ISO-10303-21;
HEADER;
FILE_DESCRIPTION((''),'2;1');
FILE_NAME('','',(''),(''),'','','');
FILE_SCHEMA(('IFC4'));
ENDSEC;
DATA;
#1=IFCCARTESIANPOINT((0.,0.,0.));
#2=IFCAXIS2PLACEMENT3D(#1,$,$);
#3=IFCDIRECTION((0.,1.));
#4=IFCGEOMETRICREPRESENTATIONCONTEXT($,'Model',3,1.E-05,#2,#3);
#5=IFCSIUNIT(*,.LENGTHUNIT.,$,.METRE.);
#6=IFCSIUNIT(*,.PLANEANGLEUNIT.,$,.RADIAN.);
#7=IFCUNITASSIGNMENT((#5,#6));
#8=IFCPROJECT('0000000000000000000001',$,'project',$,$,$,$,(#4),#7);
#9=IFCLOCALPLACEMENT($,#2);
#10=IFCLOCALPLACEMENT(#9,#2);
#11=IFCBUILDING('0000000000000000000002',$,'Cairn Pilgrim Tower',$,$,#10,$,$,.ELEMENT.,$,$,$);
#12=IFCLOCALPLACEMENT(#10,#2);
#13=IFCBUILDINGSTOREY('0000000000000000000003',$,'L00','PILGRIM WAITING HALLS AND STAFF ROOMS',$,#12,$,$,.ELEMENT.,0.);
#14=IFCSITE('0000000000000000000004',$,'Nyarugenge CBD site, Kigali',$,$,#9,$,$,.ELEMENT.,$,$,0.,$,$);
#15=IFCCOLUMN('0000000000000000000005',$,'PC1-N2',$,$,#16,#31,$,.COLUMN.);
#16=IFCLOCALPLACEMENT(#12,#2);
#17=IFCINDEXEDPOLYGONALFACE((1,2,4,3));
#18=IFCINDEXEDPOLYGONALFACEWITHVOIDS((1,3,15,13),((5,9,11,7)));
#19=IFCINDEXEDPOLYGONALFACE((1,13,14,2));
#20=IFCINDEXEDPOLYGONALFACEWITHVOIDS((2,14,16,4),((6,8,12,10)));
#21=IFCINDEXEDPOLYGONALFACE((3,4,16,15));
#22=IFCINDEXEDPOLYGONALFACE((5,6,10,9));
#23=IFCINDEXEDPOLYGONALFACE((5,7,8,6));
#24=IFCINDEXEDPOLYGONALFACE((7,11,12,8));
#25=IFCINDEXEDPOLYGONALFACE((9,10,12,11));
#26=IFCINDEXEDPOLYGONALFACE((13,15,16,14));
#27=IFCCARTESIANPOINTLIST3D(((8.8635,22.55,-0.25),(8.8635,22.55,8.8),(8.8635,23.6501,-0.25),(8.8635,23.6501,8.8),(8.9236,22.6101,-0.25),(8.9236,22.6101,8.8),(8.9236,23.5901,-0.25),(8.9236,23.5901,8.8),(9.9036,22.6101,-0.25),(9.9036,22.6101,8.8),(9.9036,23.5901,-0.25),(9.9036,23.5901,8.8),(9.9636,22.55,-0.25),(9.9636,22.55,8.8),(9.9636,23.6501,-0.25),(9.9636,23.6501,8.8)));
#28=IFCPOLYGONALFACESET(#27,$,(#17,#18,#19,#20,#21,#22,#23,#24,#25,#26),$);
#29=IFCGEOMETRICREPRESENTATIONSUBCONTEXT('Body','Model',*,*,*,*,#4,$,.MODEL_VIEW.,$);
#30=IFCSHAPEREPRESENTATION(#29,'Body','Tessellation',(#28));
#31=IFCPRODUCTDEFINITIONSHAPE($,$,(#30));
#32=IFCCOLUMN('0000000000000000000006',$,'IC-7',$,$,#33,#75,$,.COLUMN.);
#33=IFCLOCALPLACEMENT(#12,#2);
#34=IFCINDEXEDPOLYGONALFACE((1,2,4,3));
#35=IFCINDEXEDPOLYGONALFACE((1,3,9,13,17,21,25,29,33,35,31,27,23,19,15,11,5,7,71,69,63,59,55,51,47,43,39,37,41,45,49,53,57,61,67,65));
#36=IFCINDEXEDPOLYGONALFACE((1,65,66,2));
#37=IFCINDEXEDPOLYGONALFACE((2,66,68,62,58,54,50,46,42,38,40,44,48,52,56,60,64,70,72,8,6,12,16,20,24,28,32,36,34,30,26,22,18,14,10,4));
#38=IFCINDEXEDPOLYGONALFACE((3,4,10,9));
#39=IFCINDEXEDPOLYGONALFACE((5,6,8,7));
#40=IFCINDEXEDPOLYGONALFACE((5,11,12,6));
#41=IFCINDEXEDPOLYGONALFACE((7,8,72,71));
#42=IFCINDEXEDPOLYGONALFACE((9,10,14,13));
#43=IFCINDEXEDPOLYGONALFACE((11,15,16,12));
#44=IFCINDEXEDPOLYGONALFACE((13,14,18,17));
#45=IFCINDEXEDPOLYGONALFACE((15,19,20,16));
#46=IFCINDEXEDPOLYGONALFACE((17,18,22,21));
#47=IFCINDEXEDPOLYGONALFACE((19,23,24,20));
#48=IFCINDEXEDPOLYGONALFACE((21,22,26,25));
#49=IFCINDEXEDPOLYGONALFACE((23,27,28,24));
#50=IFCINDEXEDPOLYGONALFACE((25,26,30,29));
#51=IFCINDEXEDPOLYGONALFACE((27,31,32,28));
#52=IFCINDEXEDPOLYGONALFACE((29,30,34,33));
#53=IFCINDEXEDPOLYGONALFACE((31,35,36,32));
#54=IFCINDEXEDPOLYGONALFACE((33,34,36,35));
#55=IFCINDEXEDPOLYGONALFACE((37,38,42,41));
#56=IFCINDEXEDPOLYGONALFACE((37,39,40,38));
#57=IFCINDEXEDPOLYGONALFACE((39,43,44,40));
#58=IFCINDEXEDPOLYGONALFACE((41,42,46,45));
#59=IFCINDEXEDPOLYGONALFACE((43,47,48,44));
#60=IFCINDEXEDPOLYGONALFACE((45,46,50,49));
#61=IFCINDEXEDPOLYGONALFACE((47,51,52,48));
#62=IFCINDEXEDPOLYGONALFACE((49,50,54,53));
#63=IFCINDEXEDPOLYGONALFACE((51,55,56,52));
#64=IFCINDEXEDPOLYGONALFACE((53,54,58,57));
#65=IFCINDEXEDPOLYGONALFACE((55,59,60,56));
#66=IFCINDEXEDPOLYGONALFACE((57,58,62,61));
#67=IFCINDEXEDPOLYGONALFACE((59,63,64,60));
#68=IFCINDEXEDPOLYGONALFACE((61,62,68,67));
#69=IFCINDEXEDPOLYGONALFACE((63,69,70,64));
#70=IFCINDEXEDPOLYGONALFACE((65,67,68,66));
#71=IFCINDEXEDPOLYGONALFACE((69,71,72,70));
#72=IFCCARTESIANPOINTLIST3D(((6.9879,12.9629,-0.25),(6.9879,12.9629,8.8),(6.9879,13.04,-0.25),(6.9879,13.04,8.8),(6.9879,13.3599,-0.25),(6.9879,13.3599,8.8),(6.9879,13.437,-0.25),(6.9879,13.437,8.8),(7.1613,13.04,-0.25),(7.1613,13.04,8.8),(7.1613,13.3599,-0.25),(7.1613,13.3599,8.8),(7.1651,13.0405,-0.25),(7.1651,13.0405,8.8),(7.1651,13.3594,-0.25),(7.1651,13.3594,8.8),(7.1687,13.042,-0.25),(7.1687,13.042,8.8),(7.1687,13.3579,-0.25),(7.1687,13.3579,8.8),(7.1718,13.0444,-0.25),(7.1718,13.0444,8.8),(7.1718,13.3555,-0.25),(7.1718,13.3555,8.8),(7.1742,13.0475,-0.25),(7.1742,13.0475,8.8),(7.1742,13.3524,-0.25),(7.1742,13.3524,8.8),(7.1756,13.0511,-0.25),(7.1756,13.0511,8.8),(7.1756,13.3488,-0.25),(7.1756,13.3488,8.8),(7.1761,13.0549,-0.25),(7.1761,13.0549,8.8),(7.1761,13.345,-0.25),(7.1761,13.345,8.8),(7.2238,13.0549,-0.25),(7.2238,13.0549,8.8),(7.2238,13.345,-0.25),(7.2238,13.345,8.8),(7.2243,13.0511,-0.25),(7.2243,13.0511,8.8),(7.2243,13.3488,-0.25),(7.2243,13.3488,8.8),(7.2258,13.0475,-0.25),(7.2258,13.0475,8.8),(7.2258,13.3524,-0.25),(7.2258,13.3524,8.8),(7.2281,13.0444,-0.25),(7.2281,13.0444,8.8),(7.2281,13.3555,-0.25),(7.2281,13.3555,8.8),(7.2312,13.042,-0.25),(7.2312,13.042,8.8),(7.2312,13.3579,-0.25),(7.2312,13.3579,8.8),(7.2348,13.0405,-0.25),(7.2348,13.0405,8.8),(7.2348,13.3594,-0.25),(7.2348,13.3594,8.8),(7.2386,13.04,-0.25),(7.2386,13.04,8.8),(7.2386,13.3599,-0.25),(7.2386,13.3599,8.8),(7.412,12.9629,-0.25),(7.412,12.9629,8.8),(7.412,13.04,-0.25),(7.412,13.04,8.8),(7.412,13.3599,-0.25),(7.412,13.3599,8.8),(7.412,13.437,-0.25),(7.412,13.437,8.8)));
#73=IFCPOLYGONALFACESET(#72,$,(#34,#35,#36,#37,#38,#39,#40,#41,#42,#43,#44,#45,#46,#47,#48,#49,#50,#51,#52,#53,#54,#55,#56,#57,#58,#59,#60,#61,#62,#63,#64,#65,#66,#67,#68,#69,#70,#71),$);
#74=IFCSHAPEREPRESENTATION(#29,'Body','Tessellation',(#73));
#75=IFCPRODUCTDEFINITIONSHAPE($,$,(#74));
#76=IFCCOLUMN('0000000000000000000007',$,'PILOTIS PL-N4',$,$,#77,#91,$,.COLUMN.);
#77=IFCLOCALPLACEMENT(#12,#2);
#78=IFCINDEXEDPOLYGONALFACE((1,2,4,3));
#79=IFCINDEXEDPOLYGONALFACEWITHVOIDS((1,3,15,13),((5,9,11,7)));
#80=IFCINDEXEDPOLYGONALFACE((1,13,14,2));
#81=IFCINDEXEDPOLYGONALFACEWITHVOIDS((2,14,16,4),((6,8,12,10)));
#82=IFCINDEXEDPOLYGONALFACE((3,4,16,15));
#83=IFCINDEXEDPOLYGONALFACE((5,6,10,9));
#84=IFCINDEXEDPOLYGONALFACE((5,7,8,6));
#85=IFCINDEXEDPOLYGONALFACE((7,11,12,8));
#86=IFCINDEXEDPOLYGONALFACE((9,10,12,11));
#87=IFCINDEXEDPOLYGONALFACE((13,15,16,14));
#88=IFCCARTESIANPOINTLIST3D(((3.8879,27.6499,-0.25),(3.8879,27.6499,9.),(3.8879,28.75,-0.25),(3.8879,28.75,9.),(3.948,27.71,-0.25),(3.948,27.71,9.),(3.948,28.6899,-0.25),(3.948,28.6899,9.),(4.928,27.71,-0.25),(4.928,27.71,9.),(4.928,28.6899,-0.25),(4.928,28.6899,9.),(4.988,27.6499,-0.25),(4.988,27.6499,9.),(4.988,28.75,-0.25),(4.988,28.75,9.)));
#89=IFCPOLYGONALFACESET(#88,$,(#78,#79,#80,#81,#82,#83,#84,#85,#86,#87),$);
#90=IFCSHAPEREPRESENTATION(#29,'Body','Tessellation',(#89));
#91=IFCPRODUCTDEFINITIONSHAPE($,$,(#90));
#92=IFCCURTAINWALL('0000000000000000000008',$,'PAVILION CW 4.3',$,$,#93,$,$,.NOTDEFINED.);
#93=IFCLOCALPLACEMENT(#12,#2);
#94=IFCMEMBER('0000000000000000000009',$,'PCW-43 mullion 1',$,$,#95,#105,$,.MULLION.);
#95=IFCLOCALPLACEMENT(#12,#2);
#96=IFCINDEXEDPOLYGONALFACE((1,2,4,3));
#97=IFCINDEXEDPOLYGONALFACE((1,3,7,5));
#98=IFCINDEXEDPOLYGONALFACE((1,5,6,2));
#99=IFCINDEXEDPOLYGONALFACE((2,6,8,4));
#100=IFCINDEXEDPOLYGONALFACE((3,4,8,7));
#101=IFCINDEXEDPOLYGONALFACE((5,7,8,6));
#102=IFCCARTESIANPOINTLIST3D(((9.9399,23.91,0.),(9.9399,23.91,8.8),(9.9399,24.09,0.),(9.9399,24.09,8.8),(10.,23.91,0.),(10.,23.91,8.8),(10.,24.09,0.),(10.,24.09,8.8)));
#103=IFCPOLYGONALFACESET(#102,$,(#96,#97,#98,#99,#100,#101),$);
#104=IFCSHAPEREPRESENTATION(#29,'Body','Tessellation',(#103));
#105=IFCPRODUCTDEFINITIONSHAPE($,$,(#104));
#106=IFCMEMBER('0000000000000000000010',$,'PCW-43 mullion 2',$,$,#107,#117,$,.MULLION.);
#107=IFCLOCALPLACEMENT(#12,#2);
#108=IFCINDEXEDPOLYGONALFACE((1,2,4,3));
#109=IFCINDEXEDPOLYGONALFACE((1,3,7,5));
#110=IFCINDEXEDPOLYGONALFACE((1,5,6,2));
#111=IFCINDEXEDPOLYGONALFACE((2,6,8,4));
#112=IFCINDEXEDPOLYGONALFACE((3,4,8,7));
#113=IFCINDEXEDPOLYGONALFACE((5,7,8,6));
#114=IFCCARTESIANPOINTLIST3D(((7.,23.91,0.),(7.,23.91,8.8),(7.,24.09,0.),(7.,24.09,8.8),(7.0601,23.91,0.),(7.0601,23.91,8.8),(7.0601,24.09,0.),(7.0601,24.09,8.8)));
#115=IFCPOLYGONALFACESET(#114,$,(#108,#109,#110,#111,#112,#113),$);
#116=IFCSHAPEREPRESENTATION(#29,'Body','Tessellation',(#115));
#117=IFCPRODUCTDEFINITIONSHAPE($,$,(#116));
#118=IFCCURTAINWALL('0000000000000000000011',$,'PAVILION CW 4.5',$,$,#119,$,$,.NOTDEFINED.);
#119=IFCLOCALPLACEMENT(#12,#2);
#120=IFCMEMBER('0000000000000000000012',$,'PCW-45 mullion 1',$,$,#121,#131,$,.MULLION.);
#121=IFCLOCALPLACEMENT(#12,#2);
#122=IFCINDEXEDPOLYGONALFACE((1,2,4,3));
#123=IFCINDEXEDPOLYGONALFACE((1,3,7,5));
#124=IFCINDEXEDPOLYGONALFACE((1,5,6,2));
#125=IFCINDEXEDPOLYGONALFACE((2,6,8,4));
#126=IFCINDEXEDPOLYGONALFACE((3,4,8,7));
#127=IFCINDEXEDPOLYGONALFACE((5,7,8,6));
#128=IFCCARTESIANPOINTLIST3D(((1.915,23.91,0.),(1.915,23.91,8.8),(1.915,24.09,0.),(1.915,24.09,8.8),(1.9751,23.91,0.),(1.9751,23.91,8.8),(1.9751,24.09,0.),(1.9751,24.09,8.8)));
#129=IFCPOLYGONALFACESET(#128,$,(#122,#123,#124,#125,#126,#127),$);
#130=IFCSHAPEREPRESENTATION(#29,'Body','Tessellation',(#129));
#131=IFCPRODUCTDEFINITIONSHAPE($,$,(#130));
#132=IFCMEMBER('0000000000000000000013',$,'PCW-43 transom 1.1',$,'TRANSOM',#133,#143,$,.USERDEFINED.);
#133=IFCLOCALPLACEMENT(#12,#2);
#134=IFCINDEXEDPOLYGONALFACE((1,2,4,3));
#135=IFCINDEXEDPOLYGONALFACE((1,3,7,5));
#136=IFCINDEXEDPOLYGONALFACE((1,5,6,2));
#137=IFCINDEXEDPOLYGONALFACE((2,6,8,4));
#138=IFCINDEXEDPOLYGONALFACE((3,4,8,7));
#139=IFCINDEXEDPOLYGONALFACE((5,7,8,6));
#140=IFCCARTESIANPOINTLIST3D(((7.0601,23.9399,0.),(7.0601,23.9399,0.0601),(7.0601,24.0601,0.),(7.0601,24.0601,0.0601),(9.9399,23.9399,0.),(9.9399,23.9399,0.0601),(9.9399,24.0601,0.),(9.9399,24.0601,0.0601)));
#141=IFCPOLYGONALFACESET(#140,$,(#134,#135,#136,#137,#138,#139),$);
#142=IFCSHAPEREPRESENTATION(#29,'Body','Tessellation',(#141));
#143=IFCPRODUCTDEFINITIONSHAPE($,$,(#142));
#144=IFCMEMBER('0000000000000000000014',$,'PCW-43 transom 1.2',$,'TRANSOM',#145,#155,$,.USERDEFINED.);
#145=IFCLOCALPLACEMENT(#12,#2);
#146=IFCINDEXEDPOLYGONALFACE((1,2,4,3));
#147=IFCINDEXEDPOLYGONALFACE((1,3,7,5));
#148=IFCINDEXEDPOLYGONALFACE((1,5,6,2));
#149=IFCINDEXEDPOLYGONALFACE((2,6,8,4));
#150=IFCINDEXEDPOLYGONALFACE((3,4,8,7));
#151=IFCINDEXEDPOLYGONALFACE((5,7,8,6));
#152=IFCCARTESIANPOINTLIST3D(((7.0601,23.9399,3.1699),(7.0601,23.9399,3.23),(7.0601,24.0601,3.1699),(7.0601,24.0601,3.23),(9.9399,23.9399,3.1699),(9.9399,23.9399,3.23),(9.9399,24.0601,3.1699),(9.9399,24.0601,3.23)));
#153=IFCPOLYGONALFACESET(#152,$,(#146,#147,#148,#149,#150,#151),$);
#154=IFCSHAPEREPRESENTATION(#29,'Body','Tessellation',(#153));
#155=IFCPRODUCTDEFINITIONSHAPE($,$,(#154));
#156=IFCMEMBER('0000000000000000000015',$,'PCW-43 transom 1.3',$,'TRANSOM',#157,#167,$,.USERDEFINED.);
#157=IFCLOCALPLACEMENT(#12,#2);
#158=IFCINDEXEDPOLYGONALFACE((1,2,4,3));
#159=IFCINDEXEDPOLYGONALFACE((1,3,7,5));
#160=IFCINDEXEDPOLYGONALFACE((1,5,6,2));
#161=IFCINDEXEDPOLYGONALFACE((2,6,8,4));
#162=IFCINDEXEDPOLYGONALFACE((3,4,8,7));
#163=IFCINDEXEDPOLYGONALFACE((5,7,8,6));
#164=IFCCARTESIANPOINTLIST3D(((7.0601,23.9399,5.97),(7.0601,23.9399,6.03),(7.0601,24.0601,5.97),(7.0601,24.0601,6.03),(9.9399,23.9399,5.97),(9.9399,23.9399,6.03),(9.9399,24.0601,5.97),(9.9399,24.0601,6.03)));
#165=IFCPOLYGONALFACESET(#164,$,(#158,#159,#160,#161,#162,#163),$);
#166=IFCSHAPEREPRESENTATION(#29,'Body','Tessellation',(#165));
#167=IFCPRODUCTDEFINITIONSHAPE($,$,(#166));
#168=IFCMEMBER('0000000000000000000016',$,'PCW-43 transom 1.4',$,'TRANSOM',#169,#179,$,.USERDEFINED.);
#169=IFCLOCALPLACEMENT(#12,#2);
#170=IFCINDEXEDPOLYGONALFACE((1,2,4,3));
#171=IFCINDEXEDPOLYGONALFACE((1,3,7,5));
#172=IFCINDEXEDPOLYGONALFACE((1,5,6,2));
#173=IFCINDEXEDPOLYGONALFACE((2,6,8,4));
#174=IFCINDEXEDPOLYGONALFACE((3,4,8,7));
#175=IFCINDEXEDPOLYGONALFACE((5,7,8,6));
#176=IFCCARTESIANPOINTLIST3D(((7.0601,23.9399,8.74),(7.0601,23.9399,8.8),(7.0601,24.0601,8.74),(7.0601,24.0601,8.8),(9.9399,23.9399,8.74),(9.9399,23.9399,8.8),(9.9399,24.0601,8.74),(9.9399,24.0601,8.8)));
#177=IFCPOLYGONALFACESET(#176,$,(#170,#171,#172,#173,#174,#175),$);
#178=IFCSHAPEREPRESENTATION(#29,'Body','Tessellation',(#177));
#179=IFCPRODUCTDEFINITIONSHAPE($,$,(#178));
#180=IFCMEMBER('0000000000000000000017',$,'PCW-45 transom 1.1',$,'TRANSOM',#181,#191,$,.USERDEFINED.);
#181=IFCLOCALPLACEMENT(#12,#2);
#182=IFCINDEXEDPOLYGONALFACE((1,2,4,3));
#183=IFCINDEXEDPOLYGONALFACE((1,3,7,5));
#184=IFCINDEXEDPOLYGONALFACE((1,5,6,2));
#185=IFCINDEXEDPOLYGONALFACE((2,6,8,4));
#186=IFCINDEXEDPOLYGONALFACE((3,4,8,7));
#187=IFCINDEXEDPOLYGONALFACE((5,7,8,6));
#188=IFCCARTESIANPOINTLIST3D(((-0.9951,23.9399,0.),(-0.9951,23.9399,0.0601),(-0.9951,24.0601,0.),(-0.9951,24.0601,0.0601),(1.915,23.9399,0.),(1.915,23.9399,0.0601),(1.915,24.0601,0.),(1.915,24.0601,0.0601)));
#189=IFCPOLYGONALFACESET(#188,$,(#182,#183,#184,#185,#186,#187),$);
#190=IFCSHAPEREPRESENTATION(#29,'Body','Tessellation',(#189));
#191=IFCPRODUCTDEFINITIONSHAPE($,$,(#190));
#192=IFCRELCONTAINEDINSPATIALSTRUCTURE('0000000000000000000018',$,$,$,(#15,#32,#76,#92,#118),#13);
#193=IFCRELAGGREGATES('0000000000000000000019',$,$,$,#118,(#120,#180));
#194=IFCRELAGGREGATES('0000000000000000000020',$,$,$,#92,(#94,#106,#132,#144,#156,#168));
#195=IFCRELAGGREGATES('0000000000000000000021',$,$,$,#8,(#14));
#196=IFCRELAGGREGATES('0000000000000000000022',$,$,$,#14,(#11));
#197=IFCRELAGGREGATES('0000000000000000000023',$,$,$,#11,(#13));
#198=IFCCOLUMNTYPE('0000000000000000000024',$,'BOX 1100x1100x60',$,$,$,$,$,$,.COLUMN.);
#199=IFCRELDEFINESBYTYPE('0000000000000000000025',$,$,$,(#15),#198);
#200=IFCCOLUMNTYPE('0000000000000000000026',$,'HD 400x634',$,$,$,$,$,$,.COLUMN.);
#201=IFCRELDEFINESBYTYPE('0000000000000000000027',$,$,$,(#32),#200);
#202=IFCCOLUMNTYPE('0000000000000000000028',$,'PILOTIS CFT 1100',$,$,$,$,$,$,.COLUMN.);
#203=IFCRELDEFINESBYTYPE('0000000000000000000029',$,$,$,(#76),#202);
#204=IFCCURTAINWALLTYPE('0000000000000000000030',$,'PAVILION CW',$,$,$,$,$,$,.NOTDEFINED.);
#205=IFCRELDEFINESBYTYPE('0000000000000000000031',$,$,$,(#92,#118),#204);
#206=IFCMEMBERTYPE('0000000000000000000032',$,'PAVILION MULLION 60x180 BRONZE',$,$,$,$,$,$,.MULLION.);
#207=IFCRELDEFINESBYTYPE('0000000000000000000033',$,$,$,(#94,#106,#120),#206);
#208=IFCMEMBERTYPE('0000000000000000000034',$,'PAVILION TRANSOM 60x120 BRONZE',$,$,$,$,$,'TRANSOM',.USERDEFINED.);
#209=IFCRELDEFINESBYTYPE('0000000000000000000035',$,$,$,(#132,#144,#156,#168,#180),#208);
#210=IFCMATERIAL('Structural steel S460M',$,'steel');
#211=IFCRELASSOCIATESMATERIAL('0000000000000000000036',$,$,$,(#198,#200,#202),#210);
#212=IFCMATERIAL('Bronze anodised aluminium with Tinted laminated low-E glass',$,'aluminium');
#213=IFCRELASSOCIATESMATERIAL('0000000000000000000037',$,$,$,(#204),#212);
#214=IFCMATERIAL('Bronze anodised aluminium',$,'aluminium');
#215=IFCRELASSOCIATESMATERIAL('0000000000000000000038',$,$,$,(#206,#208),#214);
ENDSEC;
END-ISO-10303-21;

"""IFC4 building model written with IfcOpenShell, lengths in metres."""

from ifc_helpers import new_model, si_unit, direction, frame, origin, origin_2d, place, context, subcontext, project, spatial, rectangle, hollow_rectangle, i_section, extrude, material, material_profile, profile_set, type_object, element, aggregate, save


model = new_model("IFC4")

# Units and contexts
model_context = context("Model", 3, precision=1e-05, world=origin(), true_north=direction((0.0, 1.0)))
body_context = subcontext(model_context, "Body", "Model", "MODEL_VIEW")
ifc_project = project(units=[si_unit("LENGTHUNIT", "METRE"), si_unit("PLANEANGLEUNIT", "RADIAN")], contexts=[model_context])

# Site, building, storey
site_placement = place(None, origin())
site = spatial("IfcSite", under=ifc_project, at=site_placement, Name="Nyarugenge CBD site, Kigali", CompositionType="ELEMENT", RefElevation=0.0)
building_placement = place(site_placement, origin())
building = spatial("IfcBuilding", under=site, at=building_placement, Name="Cairn Pilgrim Tower", CompositionType="ELEMENT")
storey_placement = place(building_placement, origin())
storey = spatial("IfcBuildingStorey", under=building, at=storey_placement, Name="L00", Description="PILGRIM WAITING HALLS AND STAFF ROOMS", CompositionType="ELEMENT", Elevation=0.0)

# Columns
ifc_material_1 = material(Name="Structural steel S460M", Category="steel")
ifc_material_profile_1 = material_profile(ifc_material_1, hollow_rectangle(XDim=1.1001, YDim=1.1001, WallThickness=0.0601, at=origin_2d()), Name="BOX 1100x1100x60")
ifc_profile_set_1 = profile_set([ifc_material_profile_1], Name="Structural steel S460M")
column_type_1 = type_object("IfcColumnType", Name="BOX 1100x1100x60", PredefinedType="COLUMN", material=ifc_profile_set_1)
column_1_placement = place(storey_placement, frame((9.4136, 23.1001, -0.25), z_axis=(0.0, 0.0, 1.0), x_axis=(1.0, 0.0, 0.0)))
element("IfcColumn", 1, at=column_1_placement, inside=storey, type_object=column_type_1, Name="PC1-N2", PredefinedType="COLUMN", context=body_context, shape_type="SweptSolid", body=[
    extrude(hollow_rectangle(XDim=1.1001, YDim=1.1001, WallThickness=0.0601, at=origin_2d()), origin(), (0.0, 0.0, 1.0), 9.05),
])
ifc_material_profile_2 = material_profile(ifc_material_1, i_section(OverallWidth=0.4241, OverallDepth=0.4741, WebThickness=0.0476, FlangeThickness=0.0771, FilletRadius=0.0149, at=origin_2d()), Name="HD 400x634")
ifc_profile_set_2 = profile_set([ifc_material_profile_2], Name="Structural steel S460M")
column_type_2 = type_object("IfcColumnType", Name="HD 400x634", PredefinedType="COLUMN", material=ifc_profile_set_2)
column_2_placement = place(storey_placement, frame((7.2, 13.2, -0.25), z_axis=(0.0, 0.0, 1.0), x_axis=(1.0, 0.0, 0.0)))
element("IfcColumn", 2, at=column_2_placement, inside=storey, type_object=column_type_2, Name="IC-7", PredefinedType="COLUMN", context=body_context, shape_type="SweptSolid", body=[
    extrude(i_section(OverallWidth=0.4241, OverallDepth=0.4741, WebThickness=0.0476, FlangeThickness=0.0771, FilletRadius=0.0149, at=origin_2d()), origin(), (0.0, 0.0, 1.0), 9.05),
])
ifc_material_profile_3 = material_profile(ifc_material_1, hollow_rectangle(XDim=1.1001, YDim=1.1001, WallThickness=0.0601, at=origin_2d()), Name="BOX 1100x1100x60")
ifc_profile_set_3 = profile_set([ifc_material_profile_3], Name="Structural steel S460M")
column_type_3 = type_object("IfcColumnType", Name="PILOTIS CFT 1100", PredefinedType="COLUMN", material=ifc_profile_set_3)
column_3_placement = place(storey_placement, frame((4.438, 28.2, -0.25), z_axis=(0.0, 0.0, 1.0), x_axis=(1.0, 0.0, 0.0)))
element("IfcColumn", 3, at=column_3_placement, inside=storey, type_object=column_type_3, Name="PILOTIS PL-N4", PredefinedType="COLUMN", context=body_context, shape_type="SweptSolid", body=[
    extrude(hollow_rectangle(XDim=1.1001, YDim=1.1001, WallThickness=0.0601, at=origin_2d()), origin(), (0.0, 0.0, 1.0), 9.25),
])

# Curtain wall, members
ifc_material_2 = material(Name="Bronze anodised aluminium with Tinted laminated low-E glass", Category="aluminium")
curtain_wall_type = type_object("IfcCurtainWallType", Name="PAVILION CW", PredefinedType="NOTDEFINED", material=ifc_material_2)
curtain_wall_1_placement = place(storey_placement, origin())
curtain_wall_1 = element("IfcCurtainWall", 4, at=curtain_wall_1_placement, inside=storey, type_object=curtain_wall_type, Name="PAVILION CW 4.3", PredefinedType="NOTDEFINED")
ifc_material_3 = material(Name="Bronze anodised aluminium", Category="aluminium")
ifc_material_profile_4 = material_profile(ifc_material_3, rectangle(XDim=0.1799, YDim=0.0601, at=origin_2d()), Name="PAVILION MULLION 60x180 BRONZE")
ifc_profile_set_4 = profile_set([ifc_material_profile_4], Name="Bronze anodised aluminium")
member_type_1 = type_object("IfcMemberType", Name="PAVILION MULLION 60x180 BRONZE", PredefinedType="MULLION", material=ifc_profile_set_4)
member_1_placement = place(storey_placement, frame((9.97, 24.0, 0.0), z_axis=(0.0, 0.0, 1.0), x_axis=(0.0, -1.0, 0.0)))
member_1 = element("IfcMember", 5, at=member_1_placement, type_object=member_type_1, Name="PCW-43 mullion 1", PredefinedType="MULLION", context=body_context, shape_type="SweptSolid", body=[
    extrude(rectangle(XDim=0.1799, YDim=0.0601, at=origin_2d()), origin(), (0.0, 0.0, 1.0), 8.8),
])
member_2_placement = place(storey_placement, frame((7.03, 24.0, 0.0), z_axis=(0.0, 0.0, 1.0), x_axis=(0.0, -1.0, 0.0)))
member_2 = element("IfcMember", 6, at=member_2_placement, type_object=member_type_1, Name="PCW-43 mullion 2", PredefinedType="MULLION", context=body_context, shape_type="SweptSolid", body=[
    extrude(rectangle(XDim=0.1799, YDim=0.0601, at=origin_2d()), origin(), (0.0, 0.0, 1.0), 8.8),
])

# Curtain wall, member
curtain_wall_2_placement = place(storey_placement, origin())
curtain_wall_2 = element("IfcCurtainWall", 7, at=curtain_wall_2_placement, inside=storey, type_object=curtain_wall_type, Name="PAVILION CW 4.5", PredefinedType="NOTDEFINED")
member_3_placement = place(storey_placement, frame((1.9451, 24.0, 0.0), z_axis=(0.0, 0.0, 1.0), x_axis=(0.0, -1.0, 0.0)))
member_3 = element("IfcMember", 8, at=member_3_placement, type_object=member_type_1, Name="PCW-45 mullion 1", PredefinedType="MULLION", context=body_context, shape_type="SweptSolid", body=[
    extrude(rectangle(XDim=0.1799, YDim=0.0601, at=origin_2d()), origin(), (0.0, 0.0, 1.0), 8.8),
])

# Members
ifc_material_profile_5 = material_profile(ifc_material_3, rectangle(XDim=0.1201, YDim=0.0601, at=origin_2d()), Name="PAVILION TRANSOM 60x120 BRONZE")
ifc_profile_set_5 = profile_set([ifc_material_profile_5], Name="Bronze anodised aluminium")
member_type_2 = type_object("IfcMemberType", Name="PAVILION TRANSOM 60x120 BRONZE", ElementType="TRANSOM", PredefinedType="USERDEFINED", material=ifc_profile_set_5)
member_4_placement = place(storey_placement, frame((9.9399, 24.0, 0.03), z_axis=(-1.0, 0.0, 0.0), x_axis=(0.0, -1.0, 0.0)))
member_4 = element("IfcMember", 9, at=member_4_placement, type_object=member_type_2, Name="PCW-43 transom 1.1", ObjectType="TRANSOM", PredefinedType="USERDEFINED", context=body_context, shape_type="SweptSolid", body=[
    extrude(rectangle(XDim=0.1201, YDim=0.0601, at=origin_2d()), origin(), (0.0, 0.0, 1.0), 2.8799),
])
member_5_placement = place(storey_placement, frame((9.9399, 24.0, 3.2), z_axis=(-1.0, 0.0, 0.0), x_axis=(0.0, -1.0, 0.0)))
member_5 = element("IfcMember", 10, at=member_5_placement, type_object=member_type_2, Name="PCW-43 transom 1.2", ObjectType="TRANSOM", PredefinedType="USERDEFINED", context=body_context, shape_type="SweptSolid", body=[
    extrude(rectangle(XDim=0.1201, YDim=0.0601, at=origin_2d()), origin(), (0.0, 0.0, 1.0), 2.8799),
])
member_6_placement = place(storey_placement, frame((9.9399, 24.0, 6.0), z_axis=(-1.0, 0.0, 0.0), x_axis=(0.0, -1.0, 0.0)))
member_6 = element("IfcMember", 11, at=member_6_placement, type_object=member_type_2, Name="PCW-43 transom 1.3", ObjectType="TRANSOM", PredefinedType="USERDEFINED", context=body_context, shape_type="SweptSolid", body=[
    extrude(rectangle(XDim=0.1201, YDim=0.0601, at=origin_2d()), origin(), (0.0, 0.0, 1.0), 2.8799),
])
member_7_placement = place(storey_placement, frame((9.9399, 24.0, 8.77), z_axis=(-1.0, 0.0, 0.0), x_axis=(0.0, -1.0, 0.0)))
member_7 = element("IfcMember", 12, at=member_7_placement, type_object=member_type_2, Name="PCW-43 transom 1.4", ObjectType="TRANSOM", PredefinedType="USERDEFINED", context=body_context, shape_type="SweptSolid", body=[
    extrude(rectangle(XDim=0.1201, YDim=0.0601, at=origin_2d()), origin(), (0.0, 0.0, 1.0), 2.8799),
])
member_8_placement = place(storey_placement, frame((1.915, 24.0, 0.03), z_axis=(-1.0, 0.0, 0.0), x_axis=(0.0, -1.0, 0.0)))
member_8 = element("IfcMember", 13, at=member_8_placement, type_object=member_type_2, Name="PCW-45 transom 1.1", ObjectType="TRANSOM", PredefinedType="USERDEFINED", context=body_context, shape_type="SweptSolid", body=[
    extrude(rectangle(XDim=0.1201, YDim=0.0601, at=origin_2d()), origin(), (0.0, 0.0, 1.0), 2.9102),
])
aggregate(curtain_wall_2, [member_3, member_8])

aggregate(curtain_wall_1, [member_1, member_2, member_4, member_5, member_6, member_7])

save(model, "model.ifc")
